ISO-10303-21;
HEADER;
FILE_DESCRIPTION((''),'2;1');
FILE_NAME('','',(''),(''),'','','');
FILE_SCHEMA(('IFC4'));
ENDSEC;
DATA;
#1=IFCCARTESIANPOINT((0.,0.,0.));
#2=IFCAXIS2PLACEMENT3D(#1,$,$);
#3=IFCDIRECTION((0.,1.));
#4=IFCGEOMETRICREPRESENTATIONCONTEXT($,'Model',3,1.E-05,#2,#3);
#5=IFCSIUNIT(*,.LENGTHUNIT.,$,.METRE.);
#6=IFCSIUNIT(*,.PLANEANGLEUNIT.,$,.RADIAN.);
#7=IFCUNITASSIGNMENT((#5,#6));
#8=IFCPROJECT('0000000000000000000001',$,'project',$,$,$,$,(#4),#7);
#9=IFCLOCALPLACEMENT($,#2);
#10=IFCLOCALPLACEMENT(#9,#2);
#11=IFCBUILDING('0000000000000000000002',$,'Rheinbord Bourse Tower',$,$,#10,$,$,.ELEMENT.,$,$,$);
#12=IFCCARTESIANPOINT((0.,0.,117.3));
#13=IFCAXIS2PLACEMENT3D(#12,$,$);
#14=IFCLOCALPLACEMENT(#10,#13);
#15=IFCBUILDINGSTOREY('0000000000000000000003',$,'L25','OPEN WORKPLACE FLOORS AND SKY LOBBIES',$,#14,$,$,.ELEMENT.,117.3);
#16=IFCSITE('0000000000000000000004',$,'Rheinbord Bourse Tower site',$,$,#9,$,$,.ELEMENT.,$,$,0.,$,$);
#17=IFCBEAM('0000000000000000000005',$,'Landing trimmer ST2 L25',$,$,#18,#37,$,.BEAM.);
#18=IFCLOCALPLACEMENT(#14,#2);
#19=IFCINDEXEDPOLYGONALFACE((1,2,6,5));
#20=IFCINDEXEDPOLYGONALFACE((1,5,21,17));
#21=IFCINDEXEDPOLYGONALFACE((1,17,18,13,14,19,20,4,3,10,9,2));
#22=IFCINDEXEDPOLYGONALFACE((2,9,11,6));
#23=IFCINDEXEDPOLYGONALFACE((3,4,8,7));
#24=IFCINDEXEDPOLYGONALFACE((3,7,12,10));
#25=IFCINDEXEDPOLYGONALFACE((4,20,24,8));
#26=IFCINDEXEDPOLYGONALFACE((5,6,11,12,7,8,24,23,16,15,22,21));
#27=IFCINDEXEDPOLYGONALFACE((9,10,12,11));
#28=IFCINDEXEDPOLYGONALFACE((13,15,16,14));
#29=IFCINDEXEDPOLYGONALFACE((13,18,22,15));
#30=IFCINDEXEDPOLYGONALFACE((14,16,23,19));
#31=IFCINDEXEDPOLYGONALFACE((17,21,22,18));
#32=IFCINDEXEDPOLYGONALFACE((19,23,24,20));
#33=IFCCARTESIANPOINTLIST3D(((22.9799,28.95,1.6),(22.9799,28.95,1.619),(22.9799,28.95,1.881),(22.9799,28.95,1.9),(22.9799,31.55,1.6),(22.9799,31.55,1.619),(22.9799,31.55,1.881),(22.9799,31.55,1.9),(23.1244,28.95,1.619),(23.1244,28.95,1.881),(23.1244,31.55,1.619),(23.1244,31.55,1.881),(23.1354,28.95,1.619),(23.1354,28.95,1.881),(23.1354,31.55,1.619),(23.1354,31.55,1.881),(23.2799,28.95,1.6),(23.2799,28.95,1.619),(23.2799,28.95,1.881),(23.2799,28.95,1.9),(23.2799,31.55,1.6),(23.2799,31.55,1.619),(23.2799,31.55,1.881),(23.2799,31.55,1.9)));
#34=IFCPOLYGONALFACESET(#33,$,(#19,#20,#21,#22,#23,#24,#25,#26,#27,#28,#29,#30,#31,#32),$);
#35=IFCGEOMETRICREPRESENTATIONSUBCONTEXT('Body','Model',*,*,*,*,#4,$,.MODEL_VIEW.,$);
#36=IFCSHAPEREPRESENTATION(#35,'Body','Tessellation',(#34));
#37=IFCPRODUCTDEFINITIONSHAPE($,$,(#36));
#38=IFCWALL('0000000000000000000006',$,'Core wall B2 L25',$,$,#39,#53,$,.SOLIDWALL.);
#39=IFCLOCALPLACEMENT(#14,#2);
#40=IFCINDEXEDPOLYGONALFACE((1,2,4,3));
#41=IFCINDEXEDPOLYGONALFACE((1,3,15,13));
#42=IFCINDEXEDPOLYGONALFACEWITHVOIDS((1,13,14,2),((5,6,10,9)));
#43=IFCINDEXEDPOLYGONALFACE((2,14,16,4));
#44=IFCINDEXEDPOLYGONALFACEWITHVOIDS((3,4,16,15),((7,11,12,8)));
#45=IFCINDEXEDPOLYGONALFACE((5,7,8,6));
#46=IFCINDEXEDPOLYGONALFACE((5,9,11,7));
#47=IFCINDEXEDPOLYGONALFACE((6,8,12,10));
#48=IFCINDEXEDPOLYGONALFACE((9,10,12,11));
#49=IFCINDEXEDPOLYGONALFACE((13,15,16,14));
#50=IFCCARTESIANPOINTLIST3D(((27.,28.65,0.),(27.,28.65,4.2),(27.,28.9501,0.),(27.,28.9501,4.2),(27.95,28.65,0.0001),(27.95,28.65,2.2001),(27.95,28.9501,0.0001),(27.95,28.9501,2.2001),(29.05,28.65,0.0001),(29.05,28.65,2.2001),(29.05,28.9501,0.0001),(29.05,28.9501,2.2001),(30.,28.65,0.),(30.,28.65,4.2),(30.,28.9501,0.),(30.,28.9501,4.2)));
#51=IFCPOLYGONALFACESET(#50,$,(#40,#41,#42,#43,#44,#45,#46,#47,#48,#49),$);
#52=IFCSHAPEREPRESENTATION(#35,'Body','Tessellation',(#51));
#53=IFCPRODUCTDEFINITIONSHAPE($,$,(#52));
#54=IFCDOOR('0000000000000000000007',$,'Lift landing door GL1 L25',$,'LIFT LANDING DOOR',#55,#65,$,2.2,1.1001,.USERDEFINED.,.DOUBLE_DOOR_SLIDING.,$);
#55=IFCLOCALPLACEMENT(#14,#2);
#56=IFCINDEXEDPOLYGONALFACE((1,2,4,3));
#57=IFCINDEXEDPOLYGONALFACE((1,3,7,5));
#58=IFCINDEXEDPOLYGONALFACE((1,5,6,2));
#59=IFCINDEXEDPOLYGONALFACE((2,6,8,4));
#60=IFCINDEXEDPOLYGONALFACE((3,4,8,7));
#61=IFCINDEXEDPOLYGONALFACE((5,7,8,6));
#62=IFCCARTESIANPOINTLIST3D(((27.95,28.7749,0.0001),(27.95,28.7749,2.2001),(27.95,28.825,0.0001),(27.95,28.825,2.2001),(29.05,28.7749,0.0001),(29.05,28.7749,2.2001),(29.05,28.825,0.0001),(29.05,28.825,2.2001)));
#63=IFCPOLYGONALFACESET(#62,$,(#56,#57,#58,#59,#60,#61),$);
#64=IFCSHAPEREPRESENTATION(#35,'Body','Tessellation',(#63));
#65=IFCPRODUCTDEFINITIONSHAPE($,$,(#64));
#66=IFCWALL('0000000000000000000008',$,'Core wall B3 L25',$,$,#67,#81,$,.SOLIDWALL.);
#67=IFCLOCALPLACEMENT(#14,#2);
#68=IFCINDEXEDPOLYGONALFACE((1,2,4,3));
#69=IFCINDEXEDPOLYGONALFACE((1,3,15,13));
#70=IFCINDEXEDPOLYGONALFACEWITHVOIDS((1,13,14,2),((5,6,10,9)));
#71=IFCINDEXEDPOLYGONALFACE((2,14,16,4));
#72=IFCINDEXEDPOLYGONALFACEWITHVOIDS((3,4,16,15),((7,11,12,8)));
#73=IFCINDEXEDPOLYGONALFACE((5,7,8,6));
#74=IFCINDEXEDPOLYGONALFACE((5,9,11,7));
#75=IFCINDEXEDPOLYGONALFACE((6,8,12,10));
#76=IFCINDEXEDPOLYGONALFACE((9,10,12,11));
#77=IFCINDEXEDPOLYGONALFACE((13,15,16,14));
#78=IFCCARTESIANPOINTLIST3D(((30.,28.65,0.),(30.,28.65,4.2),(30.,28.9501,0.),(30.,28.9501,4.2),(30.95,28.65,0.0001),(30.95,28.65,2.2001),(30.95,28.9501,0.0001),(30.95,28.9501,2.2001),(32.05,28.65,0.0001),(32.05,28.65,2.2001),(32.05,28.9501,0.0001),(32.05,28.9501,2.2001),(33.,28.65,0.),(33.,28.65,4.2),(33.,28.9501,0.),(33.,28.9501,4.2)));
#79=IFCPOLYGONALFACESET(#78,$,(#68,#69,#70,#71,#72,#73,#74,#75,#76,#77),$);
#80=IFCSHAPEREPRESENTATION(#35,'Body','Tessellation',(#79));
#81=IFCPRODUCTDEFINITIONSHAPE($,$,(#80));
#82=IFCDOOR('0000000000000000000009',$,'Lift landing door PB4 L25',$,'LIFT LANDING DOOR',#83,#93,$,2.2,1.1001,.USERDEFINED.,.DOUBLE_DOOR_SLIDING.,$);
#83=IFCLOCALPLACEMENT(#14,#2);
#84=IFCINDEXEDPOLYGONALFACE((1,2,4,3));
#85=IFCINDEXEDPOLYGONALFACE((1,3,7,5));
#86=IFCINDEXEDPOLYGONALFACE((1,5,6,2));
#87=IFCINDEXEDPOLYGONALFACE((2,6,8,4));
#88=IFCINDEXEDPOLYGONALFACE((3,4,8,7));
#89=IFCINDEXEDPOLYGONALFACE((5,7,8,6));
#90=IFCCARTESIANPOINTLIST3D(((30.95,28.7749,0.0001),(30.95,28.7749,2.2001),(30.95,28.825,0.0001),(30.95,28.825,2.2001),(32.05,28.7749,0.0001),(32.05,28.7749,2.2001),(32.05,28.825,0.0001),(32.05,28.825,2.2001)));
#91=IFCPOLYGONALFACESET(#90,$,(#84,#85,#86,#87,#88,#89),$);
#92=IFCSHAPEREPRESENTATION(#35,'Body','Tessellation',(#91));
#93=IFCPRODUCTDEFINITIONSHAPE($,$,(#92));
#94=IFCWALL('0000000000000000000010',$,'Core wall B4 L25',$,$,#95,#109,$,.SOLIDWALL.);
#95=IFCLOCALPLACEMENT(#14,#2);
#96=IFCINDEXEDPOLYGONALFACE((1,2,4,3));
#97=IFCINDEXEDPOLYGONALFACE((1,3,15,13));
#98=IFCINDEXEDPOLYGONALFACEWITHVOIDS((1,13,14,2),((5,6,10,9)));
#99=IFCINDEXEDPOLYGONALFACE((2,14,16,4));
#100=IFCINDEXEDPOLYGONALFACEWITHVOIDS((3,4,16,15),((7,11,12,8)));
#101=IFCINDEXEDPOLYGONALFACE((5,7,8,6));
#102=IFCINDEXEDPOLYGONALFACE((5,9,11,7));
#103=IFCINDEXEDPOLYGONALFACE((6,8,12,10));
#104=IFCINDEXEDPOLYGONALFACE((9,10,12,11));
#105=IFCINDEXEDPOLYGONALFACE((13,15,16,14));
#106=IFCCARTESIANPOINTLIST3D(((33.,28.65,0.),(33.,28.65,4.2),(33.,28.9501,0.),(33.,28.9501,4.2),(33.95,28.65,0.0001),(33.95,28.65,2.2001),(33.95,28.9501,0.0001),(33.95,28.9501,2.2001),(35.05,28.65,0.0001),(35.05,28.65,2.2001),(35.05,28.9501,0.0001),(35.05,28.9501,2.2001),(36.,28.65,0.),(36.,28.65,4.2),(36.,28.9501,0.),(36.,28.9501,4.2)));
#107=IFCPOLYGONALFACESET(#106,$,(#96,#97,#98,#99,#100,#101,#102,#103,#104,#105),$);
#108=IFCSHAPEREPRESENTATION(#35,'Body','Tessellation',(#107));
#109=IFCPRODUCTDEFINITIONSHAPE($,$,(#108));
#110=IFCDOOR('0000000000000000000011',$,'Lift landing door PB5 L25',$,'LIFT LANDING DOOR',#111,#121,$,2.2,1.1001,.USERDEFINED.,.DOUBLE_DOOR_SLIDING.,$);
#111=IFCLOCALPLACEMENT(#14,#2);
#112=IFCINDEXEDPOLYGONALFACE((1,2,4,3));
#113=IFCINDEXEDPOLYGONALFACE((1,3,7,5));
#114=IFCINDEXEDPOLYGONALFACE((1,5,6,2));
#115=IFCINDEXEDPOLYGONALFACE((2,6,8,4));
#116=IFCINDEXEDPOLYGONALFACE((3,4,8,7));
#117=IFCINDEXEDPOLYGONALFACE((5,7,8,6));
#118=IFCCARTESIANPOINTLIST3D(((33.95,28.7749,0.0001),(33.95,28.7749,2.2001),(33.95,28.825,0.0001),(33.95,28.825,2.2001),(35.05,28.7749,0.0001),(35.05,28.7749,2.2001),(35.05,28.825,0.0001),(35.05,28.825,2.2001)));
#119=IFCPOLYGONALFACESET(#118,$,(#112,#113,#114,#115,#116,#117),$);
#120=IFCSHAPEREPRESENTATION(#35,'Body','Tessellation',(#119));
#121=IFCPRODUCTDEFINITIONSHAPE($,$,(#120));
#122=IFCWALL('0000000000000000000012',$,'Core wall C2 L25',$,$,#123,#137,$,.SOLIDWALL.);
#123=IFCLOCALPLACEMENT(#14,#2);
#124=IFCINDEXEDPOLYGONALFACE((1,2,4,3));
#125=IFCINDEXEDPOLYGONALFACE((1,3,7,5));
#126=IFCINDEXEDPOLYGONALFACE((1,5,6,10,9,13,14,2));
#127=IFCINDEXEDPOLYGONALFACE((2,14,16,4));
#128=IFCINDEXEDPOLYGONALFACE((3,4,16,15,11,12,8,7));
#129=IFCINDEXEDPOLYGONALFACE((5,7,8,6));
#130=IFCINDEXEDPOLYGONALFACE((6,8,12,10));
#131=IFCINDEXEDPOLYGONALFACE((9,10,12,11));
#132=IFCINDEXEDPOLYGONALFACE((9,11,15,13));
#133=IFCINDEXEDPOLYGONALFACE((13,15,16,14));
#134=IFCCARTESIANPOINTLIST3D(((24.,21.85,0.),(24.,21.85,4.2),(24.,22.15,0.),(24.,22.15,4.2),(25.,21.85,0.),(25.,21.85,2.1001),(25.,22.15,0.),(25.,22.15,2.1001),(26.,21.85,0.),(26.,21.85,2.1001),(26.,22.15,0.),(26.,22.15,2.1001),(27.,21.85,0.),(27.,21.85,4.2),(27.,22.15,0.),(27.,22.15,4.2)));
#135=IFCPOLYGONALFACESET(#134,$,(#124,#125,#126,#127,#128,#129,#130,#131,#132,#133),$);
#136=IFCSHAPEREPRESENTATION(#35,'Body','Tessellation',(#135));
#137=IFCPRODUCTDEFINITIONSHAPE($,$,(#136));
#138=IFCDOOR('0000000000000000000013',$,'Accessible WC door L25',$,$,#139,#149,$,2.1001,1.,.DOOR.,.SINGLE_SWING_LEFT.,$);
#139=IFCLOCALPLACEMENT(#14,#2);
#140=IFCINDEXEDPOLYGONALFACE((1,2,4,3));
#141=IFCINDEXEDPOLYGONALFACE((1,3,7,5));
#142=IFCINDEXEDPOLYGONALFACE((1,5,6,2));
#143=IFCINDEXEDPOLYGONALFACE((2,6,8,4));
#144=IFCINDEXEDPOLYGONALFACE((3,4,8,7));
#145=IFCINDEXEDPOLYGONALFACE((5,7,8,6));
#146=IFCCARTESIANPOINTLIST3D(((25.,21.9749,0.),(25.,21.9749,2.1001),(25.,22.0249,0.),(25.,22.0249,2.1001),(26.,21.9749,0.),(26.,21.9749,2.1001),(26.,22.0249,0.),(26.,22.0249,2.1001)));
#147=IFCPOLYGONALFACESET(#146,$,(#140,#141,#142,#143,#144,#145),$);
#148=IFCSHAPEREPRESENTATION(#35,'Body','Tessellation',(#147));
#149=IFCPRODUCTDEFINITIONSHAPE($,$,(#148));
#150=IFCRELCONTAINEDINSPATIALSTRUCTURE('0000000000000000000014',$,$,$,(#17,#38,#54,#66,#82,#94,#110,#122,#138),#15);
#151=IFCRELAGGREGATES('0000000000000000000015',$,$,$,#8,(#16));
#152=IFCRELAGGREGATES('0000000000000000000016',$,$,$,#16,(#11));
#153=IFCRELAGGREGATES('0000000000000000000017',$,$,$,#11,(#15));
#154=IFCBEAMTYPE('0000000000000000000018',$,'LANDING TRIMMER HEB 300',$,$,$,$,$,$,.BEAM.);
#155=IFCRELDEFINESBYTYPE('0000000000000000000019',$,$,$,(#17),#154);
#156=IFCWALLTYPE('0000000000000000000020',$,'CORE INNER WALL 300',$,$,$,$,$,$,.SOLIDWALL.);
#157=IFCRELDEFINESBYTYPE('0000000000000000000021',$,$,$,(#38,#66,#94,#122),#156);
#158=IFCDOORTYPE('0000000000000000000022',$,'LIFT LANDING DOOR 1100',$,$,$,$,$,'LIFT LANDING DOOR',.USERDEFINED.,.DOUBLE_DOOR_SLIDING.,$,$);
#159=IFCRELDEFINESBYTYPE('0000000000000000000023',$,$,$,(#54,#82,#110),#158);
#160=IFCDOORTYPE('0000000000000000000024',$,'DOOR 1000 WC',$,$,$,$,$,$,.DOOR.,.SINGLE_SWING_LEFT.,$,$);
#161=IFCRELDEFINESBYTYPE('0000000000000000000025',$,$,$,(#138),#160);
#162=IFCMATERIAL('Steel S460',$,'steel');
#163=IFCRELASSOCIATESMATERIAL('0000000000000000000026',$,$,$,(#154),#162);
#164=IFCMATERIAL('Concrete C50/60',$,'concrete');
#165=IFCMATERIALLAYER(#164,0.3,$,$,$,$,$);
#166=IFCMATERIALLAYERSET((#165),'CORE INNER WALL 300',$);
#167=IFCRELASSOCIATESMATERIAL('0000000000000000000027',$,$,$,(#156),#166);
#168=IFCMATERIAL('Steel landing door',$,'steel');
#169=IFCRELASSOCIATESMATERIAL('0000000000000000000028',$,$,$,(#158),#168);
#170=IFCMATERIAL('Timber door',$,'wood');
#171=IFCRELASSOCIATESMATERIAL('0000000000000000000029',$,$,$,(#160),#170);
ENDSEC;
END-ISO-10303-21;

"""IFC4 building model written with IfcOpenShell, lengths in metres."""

from ifc_helpers import new_model, si_unit, direction, frame, frame_2d, origin, origin_2d, place, context, subcontext, project, spatial, rectangle, i_section, extrude, material, layer, layer_set, material_profile, profile_set, type_object, element, fill, save


model = new_model("IFC4")

# Units and contexts
model_context = context("Model", 3, precision=1e-05, world=origin(), true_north=direction((0.0, 1.0)))
body_context = subcontext(model_context, "Body", "Model", "MODEL_VIEW")
ifc_project = project(units=[si_unit("LENGTHUNIT", "METRE"), si_unit("PLANEANGLEUNIT", "RADIAN")], contexts=[model_context])

# Site, building, storey
site_placement = place(None, origin())
site = spatial("IfcSite", under=ifc_project, at=site_placement, Name="Rheinbord Bourse Tower site", CompositionType="ELEMENT", RefElevation=0.0)
building_placement = place(site_placement, origin())
building = spatial("IfcBuilding", under=site, at=building_placement, Name="Rheinbord Bourse Tower", CompositionType="ELEMENT")
storey_placement = place(building_placement, frame((0.0, 0.0, 117.3)))
storey = spatial("IfcBuildingStorey", under=building, at=storey_placement, Name="L25", Description="OPEN WORKPLACE FLOORS AND SKY LOBBIES", CompositionType="ELEMENT", Elevation=117.3)

# Beam
ifc_material_1 = material(Name="Steel S460", Category="steel")
ifc_material_profile = material_profile(ifc_material_1, i_section(OverallWidth=0.3, OverallDepth=0.3, WebThickness=0.011, FlangeThickness=0.019, at=origin_2d()), Name="HEB 300")
ifc_profile_set = profile_set([ifc_material_profile], Name="Steel S460")
beam_type = type_object("IfcBeamType", Name="LANDING TRIMMER HEB 300", PredefinedType="BEAM", material=ifc_profile_set)
beam_placement = place(storey_placement, frame((23.1299, 28.95, 1.75), z_axis=(0.0, 1.0, 0.0), x_axis=(-1.0, 0.0, 0.0)))
element("IfcBeam", 1, at=beam_placement, inside=storey, type_object=beam_type, Name="Landing trimmer ST2 L25", PredefinedType="BEAM", context=body_context, shape_type="SweptSolid", body=[
    extrude(i_section(OverallWidth=0.3, OverallDepth=0.3, WebThickness=0.011, FlangeThickness=0.019, at=origin_2d()), origin(), (0.0, 0.0, 1.0), 2.6001),
])

# Walls, openings, doors
ifc_material_2 = material(Name="Concrete C50/60", Category="concrete")
ifc_layer_1 = layer(ifc_material_2, 0.3)
ifc_layer_set_1 = layer_set([ifc_layer_1], Name="CORE INNER WALL 300")
wall_type_1 = type_object("IfcWallType", Name="CORE INNER WALL 300", PredefinedType="SOLIDWALL", material=ifc_layer_set_1)
wall_1_placement = place(storey_placement, frame((27.0, 28.8, 0.0), z_axis=(0.0, 0.0, 1.0), x_axis=(1.0, 0.0, 0.0)))
wall_1 = element("IfcWall", 2, at=wall_1_placement, inside=storey, type_object=wall_type_1, Name="Core wall B2 L25", PredefinedType="SOLIDWALL", context=body_context, shape_type="SweptSolid", body=[
    extrude(rectangle(XDim=3.0, YDim=0.3, at=frame_2d((1.5, 0.0))), origin(), (0.0, 0.0, 1.0), 4.2),
])
opening_1_placement = place(wall_1_placement, frame((0.95, 0.0, 0.0)))
opening_1 = element("IfcOpeningElement", 3, at=opening_1_placement, cuts=wall_1, PredefinedType="OPENING", context=body_context, shape_type="SweptSolid", body=[
    extrude(rectangle(XDim=1.1001, YDim=2.2, at=frame_2d((0.55, 1.1001))), frame((0.0, 0.1599, 0.0), z_axis=(0.0, -1.0, 0.0), x_axis=(1.0, 0.0, 0.0)), (0.0, 0.0, 1.0), 0.3201),
])
ifc_material_3 = material(Name="Steel landing door", Category="steel")
door_type_1 = type_object("IfcDoorType", Name="LIFT LANDING DOOR 1100", ElementType="LIFT LANDING DOOR", OperationType="DOUBLE_DOOR_SLIDING", PredefinedType="USERDEFINED", material=ifc_material_3)
door_1_placement = place(opening_1_placement, origin())
door_1 = element("IfcDoor", 4, at=door_1_placement, inside=storey, type_object=door_type_1, Name="Lift landing door GL1 L25", ObjectType="LIFT LANDING DOOR", OperationType="DOUBLE_DOOR_SLIDING", OverallHeight=2.2, OverallWidth=1.1001, PredefinedType="USERDEFINED", context=body_context, shape_type="SweptSolid", body=[
    extrude(rectangle(XDim=1.1001, YDim=2.2, at=frame_2d((0.55, 1.1001))), frame((0.0, 0.0249, 0.0), z_axis=(0.0, -1.0, 0.0), x_axis=(1.0, 0.0, 0.0)), (0.0, 0.0, 1.0), 0.05),
])
fill(opening_1, door_1)
wall_2_placement = place(storey_placement, frame((30.0, 28.8, 0.0), z_axis=(0.0, 0.0, 1.0), x_axis=(1.0, 0.0, 0.0)))
wall_2 = element("IfcWall", 5, at=wall_2_placement, inside=storey, type_object=wall_type_1, Name="Core wall B3 L25", PredefinedType="SOLIDWALL", context=body_context, shape_type="SweptSolid", body=[
    extrude(rectangle(XDim=3.0, YDim=0.3, at=frame_2d((1.5, 0.0))), origin(), (0.0, 0.0, 1.0), 4.2),
])
opening_2_placement = place(wall_2_placement, frame((0.95, 0.0, 0.0)))
opening_2 = element("IfcOpeningElement", 6, at=opening_2_placement, cuts=wall_2, PredefinedType="OPENING", context=body_context, shape_type="SweptSolid", body=[
    extrude(rectangle(XDim=1.1001, YDim=2.2, at=frame_2d((0.55, 1.1001))), frame((0.0, 0.1599, 0.0), z_axis=(0.0, -1.0, 0.0), x_axis=(1.0, 0.0, 0.0)), (0.0, 0.0, 1.0), 0.3201),
])
door_2_placement = place(opening_2_placement, origin())
door_2 = element("IfcDoor", 7, at=door_2_placement, inside=storey, type_object=door_type_1, Name="Lift landing door PB4 L25", ObjectType="LIFT LANDING DOOR", OperationType="DOUBLE_DOOR_SLIDING", OverallHeight=2.2, OverallWidth=1.1001, PredefinedType="USERDEFINED", context=body_context, shape_type="SweptSolid", body=[
    extrude(rectangle(XDim=1.1001, YDim=2.2, at=frame_2d((0.55, 1.1001))), frame((0.0, 0.0249, 0.0), z_axis=(0.0, -1.0, 0.0), x_axis=(1.0, 0.0, 0.0)), (0.0, 0.0, 1.0), 0.05),
])
fill(opening_2, door_2)
wall_3_placement = place(storey_placement, frame((33.0, 28.8, 0.0), z_axis=(0.0, 0.0, 1.0), x_axis=(1.0, 0.0, 0.0)))
wall_3 = element("IfcWall", 8, at=wall_3_placement, inside=storey, type_object=wall_type_1, Name="Core wall B4 L25", PredefinedType="SOLIDWALL", context=body_context, shape_type="SweptSolid", body=[
    extrude(rectangle(XDim=3.0, YDim=0.3, at=frame_2d((1.5, 0.0))), origin(), (0.0, 0.0, 1.0), 4.2),
])
opening_3_placement = place(wall_3_placement, frame((0.95, 0.0, 0.0)))
opening_3 = element("IfcOpeningElement", 9, at=opening_3_placement, cuts=wall_3, PredefinedType="OPENING", context=body_context, shape_type="SweptSolid", body=[
    extrude(rectangle(XDim=1.1001, YDim=2.2, at=frame_2d((0.55, 1.1001))), frame((0.0, 0.1599, 0.0), z_axis=(0.0, -1.0, 0.0), x_axis=(1.0, 0.0, 0.0)), (0.0, 0.0, 1.0), 0.3201),
])
door_3_placement = place(opening_3_placement, origin())
door_3 = element("IfcDoor", 10, at=door_3_placement, inside=storey, type_object=door_type_1, Name="Lift landing door PB5 L25", ObjectType="LIFT LANDING DOOR", OperationType="DOUBLE_DOOR_SLIDING", OverallHeight=2.2, OverallWidth=1.1001, PredefinedType="USERDEFINED", context=body_context, shape_type="SweptSolid", body=[
    extrude(rectangle(XDim=1.1001, YDim=2.2, at=frame_2d((0.55, 1.1001))), frame((0.0, 0.0249, 0.0), z_axis=(0.0, -1.0, 0.0), x_axis=(1.0, 0.0, 0.0)), (0.0, 0.0, 1.0), 0.05),
])
fill(opening_3, door_3)
wall_4_placement = place(storey_placement, frame((24.0, 22.0, 0.0), z_axis=(0.0, 0.0, 1.0), x_axis=(1.0, 0.0, 0.0)))
wall_4 = element("IfcWall", 11, at=wall_4_placement, inside=storey, type_object=wall_type_1, Name="Core wall C2 L25", PredefinedType="SOLIDWALL", context=body_context, shape_type="SweptSolid", body=[
    extrude(rectangle(XDim=3.0, YDim=0.3, at=frame_2d((1.5, 0.0))), origin(), (0.0, 0.0, 1.0), 4.2),
])
opening_4_placement = place(wall_4_placement, frame((1.0, 0.0, 0.0)))
opening_4 = element("IfcOpeningElement", 12, at=opening_4_placement, cuts=wall_4, PredefinedType="OPENING", context=body_context, shape_type="SweptSolid", body=[
    extrude(rectangle(XDim=1.0, YDim=2.1001, at=frame_2d((0.5, 1.05))), frame((0.0, 0.1599, 0.0), z_axis=(0.0, -1.0, 0.0), x_axis=(1.0, 0.0, 0.0)), (0.0, 0.0, 1.0), 0.3201),
])
ifc_material_4 = material(Name="Timber door", Category="wood")
door_type_2 = type_object("IfcDoorType", Name="DOOR 1000 WC", OperationType="SINGLE_SWING_LEFT", PredefinedType="DOOR", material=ifc_material_4)
door_4_placement = place(opening_4_placement, origin())
door_4 = element("IfcDoor", 13, at=door_4_placement, inside=storey, type_object=door_type_2, Name="Accessible WC door L25", OperationType="SINGLE_SWING_LEFT", OverallHeight=2.1001, OverallWidth=1.0, PredefinedType="DOOR", context=body_context, shape_type="SweptSolid", body=[
    extrude(rectangle(XDim=1.0, YDim=2.1001, at=frame_2d((0.5, 1.05))), frame((0.0, 0.0249, 0.0), z_axis=(0.0, -1.0, 0.0), x_axis=(1.0, 0.0, 0.0)), (0.0, 0.0, 1.0), 0.05),
])
fill(opening_4, door_4)

save(model, "model.ifc")
